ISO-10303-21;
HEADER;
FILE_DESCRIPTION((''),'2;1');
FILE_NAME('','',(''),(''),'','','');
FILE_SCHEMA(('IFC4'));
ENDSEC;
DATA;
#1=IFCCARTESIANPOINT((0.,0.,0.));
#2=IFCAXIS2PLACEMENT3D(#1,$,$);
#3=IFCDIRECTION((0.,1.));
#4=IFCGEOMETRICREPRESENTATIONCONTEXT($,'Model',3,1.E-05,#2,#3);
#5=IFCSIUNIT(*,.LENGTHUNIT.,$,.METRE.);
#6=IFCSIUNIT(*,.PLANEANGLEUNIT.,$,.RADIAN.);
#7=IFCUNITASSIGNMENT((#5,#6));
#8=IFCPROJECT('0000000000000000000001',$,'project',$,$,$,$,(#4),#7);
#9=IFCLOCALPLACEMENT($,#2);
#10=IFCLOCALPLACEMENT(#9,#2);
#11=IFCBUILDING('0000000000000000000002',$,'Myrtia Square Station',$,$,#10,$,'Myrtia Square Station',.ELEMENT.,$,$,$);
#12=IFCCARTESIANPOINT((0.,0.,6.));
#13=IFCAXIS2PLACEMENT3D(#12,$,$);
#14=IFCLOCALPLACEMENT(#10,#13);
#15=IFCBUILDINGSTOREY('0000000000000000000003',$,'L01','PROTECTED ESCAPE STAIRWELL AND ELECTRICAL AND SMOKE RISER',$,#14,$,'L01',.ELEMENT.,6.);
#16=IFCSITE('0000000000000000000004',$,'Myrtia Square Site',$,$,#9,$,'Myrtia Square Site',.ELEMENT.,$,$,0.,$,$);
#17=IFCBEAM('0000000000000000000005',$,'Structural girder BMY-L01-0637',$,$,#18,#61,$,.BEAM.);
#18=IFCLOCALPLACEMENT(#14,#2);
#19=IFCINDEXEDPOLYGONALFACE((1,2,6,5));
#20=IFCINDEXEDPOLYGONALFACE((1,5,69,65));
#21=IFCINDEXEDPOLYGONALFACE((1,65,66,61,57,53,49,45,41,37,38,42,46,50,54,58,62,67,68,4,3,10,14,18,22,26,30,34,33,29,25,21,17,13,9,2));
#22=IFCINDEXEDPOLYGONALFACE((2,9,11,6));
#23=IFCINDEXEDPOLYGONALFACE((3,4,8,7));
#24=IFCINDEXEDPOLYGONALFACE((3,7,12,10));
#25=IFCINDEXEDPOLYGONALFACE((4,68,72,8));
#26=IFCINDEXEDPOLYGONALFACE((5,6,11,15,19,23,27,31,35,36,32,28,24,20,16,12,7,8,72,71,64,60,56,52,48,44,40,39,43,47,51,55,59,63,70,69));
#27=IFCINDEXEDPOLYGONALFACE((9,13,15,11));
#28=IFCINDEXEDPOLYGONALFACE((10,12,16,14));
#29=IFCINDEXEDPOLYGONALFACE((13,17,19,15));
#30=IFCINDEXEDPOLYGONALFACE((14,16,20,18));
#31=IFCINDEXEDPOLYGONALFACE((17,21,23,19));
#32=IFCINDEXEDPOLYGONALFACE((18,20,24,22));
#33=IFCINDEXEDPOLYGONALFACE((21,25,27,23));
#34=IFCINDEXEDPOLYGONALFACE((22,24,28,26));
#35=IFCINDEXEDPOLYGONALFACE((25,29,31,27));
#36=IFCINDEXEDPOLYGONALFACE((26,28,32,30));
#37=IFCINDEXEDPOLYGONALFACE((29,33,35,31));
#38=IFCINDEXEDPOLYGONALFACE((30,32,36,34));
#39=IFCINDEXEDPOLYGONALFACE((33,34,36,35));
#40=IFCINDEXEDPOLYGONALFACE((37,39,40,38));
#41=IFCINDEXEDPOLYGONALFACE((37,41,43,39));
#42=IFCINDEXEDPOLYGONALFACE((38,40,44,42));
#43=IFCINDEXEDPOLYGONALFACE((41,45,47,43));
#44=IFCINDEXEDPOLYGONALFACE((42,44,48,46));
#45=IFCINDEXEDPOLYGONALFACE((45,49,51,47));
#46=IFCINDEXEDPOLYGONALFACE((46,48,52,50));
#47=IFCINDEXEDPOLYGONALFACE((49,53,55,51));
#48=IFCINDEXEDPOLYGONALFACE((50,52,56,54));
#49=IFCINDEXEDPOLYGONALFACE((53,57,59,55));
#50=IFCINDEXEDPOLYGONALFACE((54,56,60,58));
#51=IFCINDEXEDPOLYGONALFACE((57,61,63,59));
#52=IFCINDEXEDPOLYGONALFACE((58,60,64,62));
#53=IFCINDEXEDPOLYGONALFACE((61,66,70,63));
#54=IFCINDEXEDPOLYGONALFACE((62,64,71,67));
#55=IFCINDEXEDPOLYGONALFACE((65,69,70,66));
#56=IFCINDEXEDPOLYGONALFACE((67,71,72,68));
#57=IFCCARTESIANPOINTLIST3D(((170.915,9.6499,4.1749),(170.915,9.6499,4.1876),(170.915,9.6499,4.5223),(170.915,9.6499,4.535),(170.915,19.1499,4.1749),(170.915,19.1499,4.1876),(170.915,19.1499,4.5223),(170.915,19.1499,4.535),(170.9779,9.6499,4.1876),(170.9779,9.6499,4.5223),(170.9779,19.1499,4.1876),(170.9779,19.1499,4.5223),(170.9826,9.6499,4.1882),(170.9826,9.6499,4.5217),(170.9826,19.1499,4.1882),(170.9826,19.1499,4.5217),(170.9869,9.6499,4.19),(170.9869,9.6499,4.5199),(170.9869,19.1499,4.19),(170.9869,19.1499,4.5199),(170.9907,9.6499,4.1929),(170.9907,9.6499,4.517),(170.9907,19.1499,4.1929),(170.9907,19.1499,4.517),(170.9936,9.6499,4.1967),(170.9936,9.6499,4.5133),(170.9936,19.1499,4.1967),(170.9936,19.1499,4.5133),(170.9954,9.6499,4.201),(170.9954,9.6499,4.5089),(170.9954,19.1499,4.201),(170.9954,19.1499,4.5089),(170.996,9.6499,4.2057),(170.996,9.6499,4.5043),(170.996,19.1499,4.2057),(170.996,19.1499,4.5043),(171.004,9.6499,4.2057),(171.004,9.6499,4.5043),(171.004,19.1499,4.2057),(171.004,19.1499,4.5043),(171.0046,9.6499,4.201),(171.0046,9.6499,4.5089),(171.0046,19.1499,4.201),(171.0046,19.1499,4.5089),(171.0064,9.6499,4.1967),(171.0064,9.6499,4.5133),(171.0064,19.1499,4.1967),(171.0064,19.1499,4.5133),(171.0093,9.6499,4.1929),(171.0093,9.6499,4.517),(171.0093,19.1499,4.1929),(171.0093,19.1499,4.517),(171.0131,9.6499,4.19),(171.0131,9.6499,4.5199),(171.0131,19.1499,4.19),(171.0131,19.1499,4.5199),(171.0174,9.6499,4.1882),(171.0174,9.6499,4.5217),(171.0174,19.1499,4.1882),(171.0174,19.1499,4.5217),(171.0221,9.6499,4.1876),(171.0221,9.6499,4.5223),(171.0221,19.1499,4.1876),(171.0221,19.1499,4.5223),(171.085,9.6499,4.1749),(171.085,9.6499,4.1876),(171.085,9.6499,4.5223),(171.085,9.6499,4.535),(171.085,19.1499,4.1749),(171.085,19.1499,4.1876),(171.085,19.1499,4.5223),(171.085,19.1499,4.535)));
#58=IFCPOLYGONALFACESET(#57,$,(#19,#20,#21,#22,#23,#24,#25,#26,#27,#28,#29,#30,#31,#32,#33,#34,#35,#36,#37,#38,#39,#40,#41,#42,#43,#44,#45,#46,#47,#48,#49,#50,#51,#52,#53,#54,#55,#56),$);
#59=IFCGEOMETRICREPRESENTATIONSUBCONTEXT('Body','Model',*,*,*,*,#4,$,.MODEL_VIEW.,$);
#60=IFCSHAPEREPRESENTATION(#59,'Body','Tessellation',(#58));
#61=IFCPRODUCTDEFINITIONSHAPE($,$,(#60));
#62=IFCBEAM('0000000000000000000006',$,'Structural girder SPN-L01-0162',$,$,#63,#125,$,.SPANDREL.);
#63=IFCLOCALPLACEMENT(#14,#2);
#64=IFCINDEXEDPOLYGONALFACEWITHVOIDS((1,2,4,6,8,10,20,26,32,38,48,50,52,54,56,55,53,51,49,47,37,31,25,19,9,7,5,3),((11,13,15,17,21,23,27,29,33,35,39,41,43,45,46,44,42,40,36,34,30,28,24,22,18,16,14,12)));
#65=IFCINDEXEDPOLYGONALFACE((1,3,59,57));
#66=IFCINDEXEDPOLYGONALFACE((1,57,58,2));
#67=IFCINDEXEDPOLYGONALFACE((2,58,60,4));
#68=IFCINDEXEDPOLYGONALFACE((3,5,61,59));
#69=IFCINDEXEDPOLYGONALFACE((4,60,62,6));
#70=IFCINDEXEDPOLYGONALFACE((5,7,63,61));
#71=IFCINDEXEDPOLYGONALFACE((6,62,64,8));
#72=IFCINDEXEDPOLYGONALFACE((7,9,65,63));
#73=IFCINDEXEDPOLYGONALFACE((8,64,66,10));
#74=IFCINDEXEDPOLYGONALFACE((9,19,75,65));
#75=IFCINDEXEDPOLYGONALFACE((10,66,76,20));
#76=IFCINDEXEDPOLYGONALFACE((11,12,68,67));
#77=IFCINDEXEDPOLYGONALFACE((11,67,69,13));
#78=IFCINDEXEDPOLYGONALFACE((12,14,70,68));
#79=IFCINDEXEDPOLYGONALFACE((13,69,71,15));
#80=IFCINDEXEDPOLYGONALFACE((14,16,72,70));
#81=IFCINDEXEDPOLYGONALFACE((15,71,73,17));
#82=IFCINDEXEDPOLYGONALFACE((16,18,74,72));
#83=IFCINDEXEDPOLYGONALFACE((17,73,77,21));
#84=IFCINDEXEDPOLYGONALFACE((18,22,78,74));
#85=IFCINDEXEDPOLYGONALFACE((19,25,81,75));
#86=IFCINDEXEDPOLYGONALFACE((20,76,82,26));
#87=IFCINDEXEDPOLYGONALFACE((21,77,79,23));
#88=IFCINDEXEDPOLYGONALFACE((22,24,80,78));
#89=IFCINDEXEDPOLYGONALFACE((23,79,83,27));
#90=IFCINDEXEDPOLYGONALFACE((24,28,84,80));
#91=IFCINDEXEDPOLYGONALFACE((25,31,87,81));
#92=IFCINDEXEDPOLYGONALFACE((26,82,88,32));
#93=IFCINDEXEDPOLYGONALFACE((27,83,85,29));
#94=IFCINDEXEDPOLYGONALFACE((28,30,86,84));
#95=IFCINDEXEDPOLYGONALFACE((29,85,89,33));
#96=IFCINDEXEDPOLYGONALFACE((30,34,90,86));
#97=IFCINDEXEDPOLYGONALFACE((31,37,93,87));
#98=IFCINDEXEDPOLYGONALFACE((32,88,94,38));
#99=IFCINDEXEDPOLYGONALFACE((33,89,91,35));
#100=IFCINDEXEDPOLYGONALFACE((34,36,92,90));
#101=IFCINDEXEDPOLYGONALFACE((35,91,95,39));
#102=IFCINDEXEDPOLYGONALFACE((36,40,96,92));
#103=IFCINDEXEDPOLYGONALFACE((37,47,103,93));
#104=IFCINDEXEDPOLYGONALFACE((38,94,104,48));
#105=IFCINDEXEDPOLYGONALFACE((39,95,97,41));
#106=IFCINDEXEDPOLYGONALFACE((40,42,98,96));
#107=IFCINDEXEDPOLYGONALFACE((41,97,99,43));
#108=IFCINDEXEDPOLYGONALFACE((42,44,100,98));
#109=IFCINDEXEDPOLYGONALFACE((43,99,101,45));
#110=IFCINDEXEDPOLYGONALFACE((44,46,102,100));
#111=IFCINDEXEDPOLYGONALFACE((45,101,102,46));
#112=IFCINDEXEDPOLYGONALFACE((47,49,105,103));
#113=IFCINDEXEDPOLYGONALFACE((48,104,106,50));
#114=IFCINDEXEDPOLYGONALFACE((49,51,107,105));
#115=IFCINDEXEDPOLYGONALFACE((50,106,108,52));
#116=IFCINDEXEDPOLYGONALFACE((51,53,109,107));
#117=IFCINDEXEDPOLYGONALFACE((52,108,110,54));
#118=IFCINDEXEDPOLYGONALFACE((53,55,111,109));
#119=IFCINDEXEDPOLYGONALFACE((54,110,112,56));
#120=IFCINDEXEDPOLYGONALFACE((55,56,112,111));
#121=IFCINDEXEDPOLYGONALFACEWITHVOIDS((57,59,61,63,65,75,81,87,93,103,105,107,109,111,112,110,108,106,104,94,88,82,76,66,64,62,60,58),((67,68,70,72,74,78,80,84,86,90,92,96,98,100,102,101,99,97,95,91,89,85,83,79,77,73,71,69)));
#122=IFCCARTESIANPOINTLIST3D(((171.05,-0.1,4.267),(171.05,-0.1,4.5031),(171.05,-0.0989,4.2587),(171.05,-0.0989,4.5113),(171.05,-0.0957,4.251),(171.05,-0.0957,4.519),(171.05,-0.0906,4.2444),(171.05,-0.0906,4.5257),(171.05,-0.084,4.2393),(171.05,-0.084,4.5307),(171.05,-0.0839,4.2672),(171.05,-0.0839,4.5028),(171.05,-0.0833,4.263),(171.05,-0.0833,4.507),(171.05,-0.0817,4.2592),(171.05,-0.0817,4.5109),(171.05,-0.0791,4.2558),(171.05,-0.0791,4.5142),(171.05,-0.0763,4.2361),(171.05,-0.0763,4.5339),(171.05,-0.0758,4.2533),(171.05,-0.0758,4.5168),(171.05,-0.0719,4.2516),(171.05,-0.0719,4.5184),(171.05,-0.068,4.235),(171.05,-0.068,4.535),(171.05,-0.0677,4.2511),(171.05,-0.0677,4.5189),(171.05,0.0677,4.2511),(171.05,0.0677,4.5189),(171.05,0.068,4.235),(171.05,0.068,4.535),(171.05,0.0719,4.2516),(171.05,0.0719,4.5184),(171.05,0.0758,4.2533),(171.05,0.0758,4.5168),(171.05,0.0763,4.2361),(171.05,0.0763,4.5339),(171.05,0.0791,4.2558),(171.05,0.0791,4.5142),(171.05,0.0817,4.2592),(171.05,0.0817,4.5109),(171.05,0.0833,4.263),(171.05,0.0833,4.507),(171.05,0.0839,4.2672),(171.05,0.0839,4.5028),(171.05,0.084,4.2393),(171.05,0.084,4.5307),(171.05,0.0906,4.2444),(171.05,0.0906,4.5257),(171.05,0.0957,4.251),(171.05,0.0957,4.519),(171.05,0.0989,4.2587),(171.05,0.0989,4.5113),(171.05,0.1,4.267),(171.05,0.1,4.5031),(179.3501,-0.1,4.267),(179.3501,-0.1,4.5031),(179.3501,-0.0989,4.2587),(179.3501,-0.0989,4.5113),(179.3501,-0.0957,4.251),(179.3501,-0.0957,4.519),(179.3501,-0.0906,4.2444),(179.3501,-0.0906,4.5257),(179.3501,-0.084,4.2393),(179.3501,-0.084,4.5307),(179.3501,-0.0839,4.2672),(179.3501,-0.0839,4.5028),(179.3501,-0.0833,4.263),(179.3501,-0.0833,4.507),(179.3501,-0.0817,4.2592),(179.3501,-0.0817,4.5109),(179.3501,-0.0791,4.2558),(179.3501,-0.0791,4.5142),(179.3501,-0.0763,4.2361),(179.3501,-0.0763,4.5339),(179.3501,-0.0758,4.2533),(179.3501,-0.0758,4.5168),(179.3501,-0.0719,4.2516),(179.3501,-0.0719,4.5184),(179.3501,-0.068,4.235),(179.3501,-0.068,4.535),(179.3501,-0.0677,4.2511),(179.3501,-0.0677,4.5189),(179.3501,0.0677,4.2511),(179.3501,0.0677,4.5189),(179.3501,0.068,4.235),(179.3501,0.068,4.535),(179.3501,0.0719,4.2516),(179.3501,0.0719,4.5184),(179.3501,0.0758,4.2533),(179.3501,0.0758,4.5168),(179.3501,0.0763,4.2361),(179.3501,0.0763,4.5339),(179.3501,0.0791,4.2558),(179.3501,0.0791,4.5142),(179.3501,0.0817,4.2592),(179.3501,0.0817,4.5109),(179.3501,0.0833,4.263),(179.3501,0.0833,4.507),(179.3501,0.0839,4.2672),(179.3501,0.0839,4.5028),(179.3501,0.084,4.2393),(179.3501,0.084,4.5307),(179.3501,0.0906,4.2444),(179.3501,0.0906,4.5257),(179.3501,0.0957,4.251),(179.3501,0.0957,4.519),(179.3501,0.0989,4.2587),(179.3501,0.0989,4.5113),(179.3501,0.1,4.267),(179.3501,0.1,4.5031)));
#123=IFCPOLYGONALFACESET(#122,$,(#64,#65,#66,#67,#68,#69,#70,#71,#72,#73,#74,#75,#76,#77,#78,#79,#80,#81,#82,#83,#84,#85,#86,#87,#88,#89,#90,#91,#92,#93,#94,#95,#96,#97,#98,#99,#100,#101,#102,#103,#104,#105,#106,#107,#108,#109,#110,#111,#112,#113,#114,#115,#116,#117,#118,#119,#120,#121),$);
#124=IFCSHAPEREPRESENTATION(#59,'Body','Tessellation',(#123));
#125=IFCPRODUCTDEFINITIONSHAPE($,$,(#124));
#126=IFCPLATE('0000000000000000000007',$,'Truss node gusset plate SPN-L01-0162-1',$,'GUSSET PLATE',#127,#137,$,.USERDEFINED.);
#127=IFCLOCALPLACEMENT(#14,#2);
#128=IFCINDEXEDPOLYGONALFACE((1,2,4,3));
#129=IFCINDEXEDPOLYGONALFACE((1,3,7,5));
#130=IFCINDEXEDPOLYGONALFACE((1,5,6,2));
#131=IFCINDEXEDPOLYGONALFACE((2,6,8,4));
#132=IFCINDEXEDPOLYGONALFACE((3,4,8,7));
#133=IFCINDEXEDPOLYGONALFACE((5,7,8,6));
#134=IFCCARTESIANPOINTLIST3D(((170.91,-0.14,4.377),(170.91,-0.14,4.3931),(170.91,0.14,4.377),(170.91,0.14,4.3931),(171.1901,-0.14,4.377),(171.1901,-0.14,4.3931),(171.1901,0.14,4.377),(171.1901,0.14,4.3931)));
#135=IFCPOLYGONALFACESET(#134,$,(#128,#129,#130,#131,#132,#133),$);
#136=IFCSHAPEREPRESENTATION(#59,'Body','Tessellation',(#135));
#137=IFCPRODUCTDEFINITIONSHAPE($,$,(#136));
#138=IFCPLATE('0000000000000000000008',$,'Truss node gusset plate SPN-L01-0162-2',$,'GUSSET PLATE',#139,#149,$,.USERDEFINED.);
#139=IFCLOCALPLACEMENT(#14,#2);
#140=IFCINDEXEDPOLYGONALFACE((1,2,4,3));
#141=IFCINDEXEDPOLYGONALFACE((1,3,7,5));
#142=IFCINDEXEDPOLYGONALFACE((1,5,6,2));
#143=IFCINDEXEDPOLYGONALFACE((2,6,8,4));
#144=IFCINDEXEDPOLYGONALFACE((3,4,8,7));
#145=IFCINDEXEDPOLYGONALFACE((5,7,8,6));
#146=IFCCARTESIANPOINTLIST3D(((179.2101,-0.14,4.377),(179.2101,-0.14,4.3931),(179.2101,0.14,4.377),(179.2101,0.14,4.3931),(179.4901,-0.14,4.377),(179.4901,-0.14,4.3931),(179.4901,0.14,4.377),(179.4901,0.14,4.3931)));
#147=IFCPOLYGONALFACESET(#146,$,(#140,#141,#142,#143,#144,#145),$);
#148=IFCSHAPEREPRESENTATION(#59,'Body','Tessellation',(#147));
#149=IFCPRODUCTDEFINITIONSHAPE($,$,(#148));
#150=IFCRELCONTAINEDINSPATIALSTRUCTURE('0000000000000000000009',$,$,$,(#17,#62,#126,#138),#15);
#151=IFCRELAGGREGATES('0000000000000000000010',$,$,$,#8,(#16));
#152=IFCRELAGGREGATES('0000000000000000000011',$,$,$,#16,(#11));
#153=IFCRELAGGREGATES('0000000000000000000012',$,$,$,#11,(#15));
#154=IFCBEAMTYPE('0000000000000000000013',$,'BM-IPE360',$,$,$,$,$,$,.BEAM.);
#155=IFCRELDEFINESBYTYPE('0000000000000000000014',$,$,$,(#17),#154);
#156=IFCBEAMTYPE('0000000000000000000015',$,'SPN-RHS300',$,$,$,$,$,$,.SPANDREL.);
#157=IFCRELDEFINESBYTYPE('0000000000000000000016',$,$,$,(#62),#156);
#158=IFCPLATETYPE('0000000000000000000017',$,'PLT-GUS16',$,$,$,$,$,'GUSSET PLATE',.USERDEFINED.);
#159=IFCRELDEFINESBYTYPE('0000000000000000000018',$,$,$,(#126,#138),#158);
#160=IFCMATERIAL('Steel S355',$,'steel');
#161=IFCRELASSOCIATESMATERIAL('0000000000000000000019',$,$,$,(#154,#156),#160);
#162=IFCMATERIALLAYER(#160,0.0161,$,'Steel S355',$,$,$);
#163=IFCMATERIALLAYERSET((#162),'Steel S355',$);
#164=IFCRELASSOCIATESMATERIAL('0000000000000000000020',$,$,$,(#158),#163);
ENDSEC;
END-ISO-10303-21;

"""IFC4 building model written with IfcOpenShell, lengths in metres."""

from ifc_helpers import new_model, si_unit, direction, frame, origin, origin_2d, place, context, subcontext, project, spatial, rectangle, hollow_rectangle, i_section, extrude, material, layer, layer_set, material_profile, profile_set, type_object, element, save


model = new_model("IFC4")

# Units and contexts
model_context = context("Model", 3, precision=1e-05, world=origin(), true_north=direction((0.0, 1.0)))
body_context = subcontext(model_context, "Body", "Model", "MODEL_VIEW")
ifc_project = project(units=[si_unit("LENGTHUNIT", "METRE"), si_unit("PLANEANGLEUNIT", "RADIAN")], contexts=[model_context])

# Site, building, storey
site_placement = place(None, origin())
site = spatial("IfcSite", under=ifc_project, at=site_placement, Name="Myrtia Square Site", LongName="Myrtia Square Site", CompositionType="ELEMENT", RefElevation=0.0)
building_placement = place(site_placement, origin())
building = spatial("IfcBuilding", under=site, at=building_placement, Name="Myrtia Square Station", LongName="Myrtia Square Station", CompositionType="ELEMENT")
storey_placement = place(building_placement, frame((0.0, 0.0, 6.0)))
storey = spatial("IfcBuildingStorey", under=building, at=storey_placement, Name="L01", Description="PROTECTED ESCAPE STAIRWELL AND ELECTRICAL AND SMOKE RISER", LongName="L01", CompositionType="ELEMENT", Elevation=6.0)

# Shared definitions
ifc_material_1 = material(Name="Steel S355", Category="steel")

# Beams
ifc_material_profile_1 = material_profile(ifc_material_1, i_section(OverallWidth=0.1699, OverallDepth=0.3601, WebThickness=0.0081, FlangeThickness=0.0127, FilletRadius=0.0181, at=origin_2d()), Name="IPE 360")
ifc_profile_set_1 = profile_set([ifc_material_profile_1], Name="Steel S355")
beam_type_1 = type_object("IfcBeamType", Name="BM-IPE360", PredefinedType="BEAM", material=ifc_profile_set_1)
for number, where, z_axis, x_axis, name in (
    (1, (171.0, 9.6499, 4.355), (0.0, 1.0, 0.0), (-1.0, 0.0, 0.0), "Structural girder BMY-L01-0637"),
):
    element("IfcBeam", number, at=place(storey_placement, frame(where, z_axis=z_axis, x_axis=x_axis)), inside=storey, type_object=beam_type_1, Name=name, PredefinedType="BEAM", context=body_context, shape_type="SweptSolid", body=[
        extrude(i_section(OverallWidth=0.1699, OverallDepth=0.3601, WebThickness=0.0081, FlangeThickness=0.0127, FilletRadius=0.0181, at=origin_2d()), origin(), (0.0, 0.0, 1.0), 9.5),
    ])
ifc_material_profile_2 = material_profile(ifc_material_1, hollow_rectangle(XDim=0.2, YDim=0.3, WallThickness=0.0161, InnerFilletRadius=0.0161, OuterFilletRadius=0.032, at=origin_2d()), Name="RHS 300x200x16")
ifc_profile_set_2 = profile_set([ifc_material_profile_2], Name="Steel S355")
beam_type_2 = type_object("IfcBeamType", Name="SPN-RHS300", PredefinedType="SPANDREL", material=ifc_profile_set_2)
beam_1_placement = place(storey_placement, frame((171.05, 0.0, 4.385), z_axis=(1.0, 0.0, 0.0), x_axis=(0.0, 1.0, 0.0)))
element("IfcBeam", 2, at=beam_1_placement, inside=storey, type_object=beam_type_2, Name="Structural girder SPN-L01-0162", PredefinedType="SPANDREL", context=body_context, shape_type="SweptSolid", body=[
    extrude(hollow_rectangle(XDim=0.2, YDim=0.3, WallThickness=0.0161, InnerFilletRadius=0.0161, OuterFilletRadius=0.032, at=origin_2d()), origin(), (0.0, 0.0, 1.0), 8.3),
])

# Plates
ifc_layer_1 = layer(ifc_material_1, 0.0161, Name="Steel S355")
ifc_layer_set_1 = layer_set([ifc_layer_1], Name="Steel S355")
plate_type = type_object("IfcPlateType", Name="PLT-GUS16", ElementType="GUSSET PLATE", PredefinedType="USERDEFINED", material=ifc_layer_set_1)
for number, where, z_axis, x_axis, name in (
    (3, (171.05, 0.0, 4.377), (0.0, 0.0, 1.0), (1.0, 0.0, 0.0), "Truss node gusset plate SPN-L01-0162-1"),
    (4, (179.3501, 0.0, 4.377), (0.0, 0.0, 1.0), (1.0, 0.0, 0.0), "Truss node gusset plate SPN-L01-0162-2"),
):
    element("IfcPlate", number, at=place(storey_placement, frame(where, z_axis=z_axis, x_axis=x_axis)), inside=storey, type_object=plate_type, Name=name, ObjectType="GUSSET PLATE", PredefinedType="USERDEFINED", context=body_context, shape_type="SweptSolid", body=[
        extrude(rectangle(XDim=0.28, YDim=0.28, at=origin_2d()), origin(), (0.0, 0.0, 1.0), 0.0161),
    ])

save(model, "model.ifc")
